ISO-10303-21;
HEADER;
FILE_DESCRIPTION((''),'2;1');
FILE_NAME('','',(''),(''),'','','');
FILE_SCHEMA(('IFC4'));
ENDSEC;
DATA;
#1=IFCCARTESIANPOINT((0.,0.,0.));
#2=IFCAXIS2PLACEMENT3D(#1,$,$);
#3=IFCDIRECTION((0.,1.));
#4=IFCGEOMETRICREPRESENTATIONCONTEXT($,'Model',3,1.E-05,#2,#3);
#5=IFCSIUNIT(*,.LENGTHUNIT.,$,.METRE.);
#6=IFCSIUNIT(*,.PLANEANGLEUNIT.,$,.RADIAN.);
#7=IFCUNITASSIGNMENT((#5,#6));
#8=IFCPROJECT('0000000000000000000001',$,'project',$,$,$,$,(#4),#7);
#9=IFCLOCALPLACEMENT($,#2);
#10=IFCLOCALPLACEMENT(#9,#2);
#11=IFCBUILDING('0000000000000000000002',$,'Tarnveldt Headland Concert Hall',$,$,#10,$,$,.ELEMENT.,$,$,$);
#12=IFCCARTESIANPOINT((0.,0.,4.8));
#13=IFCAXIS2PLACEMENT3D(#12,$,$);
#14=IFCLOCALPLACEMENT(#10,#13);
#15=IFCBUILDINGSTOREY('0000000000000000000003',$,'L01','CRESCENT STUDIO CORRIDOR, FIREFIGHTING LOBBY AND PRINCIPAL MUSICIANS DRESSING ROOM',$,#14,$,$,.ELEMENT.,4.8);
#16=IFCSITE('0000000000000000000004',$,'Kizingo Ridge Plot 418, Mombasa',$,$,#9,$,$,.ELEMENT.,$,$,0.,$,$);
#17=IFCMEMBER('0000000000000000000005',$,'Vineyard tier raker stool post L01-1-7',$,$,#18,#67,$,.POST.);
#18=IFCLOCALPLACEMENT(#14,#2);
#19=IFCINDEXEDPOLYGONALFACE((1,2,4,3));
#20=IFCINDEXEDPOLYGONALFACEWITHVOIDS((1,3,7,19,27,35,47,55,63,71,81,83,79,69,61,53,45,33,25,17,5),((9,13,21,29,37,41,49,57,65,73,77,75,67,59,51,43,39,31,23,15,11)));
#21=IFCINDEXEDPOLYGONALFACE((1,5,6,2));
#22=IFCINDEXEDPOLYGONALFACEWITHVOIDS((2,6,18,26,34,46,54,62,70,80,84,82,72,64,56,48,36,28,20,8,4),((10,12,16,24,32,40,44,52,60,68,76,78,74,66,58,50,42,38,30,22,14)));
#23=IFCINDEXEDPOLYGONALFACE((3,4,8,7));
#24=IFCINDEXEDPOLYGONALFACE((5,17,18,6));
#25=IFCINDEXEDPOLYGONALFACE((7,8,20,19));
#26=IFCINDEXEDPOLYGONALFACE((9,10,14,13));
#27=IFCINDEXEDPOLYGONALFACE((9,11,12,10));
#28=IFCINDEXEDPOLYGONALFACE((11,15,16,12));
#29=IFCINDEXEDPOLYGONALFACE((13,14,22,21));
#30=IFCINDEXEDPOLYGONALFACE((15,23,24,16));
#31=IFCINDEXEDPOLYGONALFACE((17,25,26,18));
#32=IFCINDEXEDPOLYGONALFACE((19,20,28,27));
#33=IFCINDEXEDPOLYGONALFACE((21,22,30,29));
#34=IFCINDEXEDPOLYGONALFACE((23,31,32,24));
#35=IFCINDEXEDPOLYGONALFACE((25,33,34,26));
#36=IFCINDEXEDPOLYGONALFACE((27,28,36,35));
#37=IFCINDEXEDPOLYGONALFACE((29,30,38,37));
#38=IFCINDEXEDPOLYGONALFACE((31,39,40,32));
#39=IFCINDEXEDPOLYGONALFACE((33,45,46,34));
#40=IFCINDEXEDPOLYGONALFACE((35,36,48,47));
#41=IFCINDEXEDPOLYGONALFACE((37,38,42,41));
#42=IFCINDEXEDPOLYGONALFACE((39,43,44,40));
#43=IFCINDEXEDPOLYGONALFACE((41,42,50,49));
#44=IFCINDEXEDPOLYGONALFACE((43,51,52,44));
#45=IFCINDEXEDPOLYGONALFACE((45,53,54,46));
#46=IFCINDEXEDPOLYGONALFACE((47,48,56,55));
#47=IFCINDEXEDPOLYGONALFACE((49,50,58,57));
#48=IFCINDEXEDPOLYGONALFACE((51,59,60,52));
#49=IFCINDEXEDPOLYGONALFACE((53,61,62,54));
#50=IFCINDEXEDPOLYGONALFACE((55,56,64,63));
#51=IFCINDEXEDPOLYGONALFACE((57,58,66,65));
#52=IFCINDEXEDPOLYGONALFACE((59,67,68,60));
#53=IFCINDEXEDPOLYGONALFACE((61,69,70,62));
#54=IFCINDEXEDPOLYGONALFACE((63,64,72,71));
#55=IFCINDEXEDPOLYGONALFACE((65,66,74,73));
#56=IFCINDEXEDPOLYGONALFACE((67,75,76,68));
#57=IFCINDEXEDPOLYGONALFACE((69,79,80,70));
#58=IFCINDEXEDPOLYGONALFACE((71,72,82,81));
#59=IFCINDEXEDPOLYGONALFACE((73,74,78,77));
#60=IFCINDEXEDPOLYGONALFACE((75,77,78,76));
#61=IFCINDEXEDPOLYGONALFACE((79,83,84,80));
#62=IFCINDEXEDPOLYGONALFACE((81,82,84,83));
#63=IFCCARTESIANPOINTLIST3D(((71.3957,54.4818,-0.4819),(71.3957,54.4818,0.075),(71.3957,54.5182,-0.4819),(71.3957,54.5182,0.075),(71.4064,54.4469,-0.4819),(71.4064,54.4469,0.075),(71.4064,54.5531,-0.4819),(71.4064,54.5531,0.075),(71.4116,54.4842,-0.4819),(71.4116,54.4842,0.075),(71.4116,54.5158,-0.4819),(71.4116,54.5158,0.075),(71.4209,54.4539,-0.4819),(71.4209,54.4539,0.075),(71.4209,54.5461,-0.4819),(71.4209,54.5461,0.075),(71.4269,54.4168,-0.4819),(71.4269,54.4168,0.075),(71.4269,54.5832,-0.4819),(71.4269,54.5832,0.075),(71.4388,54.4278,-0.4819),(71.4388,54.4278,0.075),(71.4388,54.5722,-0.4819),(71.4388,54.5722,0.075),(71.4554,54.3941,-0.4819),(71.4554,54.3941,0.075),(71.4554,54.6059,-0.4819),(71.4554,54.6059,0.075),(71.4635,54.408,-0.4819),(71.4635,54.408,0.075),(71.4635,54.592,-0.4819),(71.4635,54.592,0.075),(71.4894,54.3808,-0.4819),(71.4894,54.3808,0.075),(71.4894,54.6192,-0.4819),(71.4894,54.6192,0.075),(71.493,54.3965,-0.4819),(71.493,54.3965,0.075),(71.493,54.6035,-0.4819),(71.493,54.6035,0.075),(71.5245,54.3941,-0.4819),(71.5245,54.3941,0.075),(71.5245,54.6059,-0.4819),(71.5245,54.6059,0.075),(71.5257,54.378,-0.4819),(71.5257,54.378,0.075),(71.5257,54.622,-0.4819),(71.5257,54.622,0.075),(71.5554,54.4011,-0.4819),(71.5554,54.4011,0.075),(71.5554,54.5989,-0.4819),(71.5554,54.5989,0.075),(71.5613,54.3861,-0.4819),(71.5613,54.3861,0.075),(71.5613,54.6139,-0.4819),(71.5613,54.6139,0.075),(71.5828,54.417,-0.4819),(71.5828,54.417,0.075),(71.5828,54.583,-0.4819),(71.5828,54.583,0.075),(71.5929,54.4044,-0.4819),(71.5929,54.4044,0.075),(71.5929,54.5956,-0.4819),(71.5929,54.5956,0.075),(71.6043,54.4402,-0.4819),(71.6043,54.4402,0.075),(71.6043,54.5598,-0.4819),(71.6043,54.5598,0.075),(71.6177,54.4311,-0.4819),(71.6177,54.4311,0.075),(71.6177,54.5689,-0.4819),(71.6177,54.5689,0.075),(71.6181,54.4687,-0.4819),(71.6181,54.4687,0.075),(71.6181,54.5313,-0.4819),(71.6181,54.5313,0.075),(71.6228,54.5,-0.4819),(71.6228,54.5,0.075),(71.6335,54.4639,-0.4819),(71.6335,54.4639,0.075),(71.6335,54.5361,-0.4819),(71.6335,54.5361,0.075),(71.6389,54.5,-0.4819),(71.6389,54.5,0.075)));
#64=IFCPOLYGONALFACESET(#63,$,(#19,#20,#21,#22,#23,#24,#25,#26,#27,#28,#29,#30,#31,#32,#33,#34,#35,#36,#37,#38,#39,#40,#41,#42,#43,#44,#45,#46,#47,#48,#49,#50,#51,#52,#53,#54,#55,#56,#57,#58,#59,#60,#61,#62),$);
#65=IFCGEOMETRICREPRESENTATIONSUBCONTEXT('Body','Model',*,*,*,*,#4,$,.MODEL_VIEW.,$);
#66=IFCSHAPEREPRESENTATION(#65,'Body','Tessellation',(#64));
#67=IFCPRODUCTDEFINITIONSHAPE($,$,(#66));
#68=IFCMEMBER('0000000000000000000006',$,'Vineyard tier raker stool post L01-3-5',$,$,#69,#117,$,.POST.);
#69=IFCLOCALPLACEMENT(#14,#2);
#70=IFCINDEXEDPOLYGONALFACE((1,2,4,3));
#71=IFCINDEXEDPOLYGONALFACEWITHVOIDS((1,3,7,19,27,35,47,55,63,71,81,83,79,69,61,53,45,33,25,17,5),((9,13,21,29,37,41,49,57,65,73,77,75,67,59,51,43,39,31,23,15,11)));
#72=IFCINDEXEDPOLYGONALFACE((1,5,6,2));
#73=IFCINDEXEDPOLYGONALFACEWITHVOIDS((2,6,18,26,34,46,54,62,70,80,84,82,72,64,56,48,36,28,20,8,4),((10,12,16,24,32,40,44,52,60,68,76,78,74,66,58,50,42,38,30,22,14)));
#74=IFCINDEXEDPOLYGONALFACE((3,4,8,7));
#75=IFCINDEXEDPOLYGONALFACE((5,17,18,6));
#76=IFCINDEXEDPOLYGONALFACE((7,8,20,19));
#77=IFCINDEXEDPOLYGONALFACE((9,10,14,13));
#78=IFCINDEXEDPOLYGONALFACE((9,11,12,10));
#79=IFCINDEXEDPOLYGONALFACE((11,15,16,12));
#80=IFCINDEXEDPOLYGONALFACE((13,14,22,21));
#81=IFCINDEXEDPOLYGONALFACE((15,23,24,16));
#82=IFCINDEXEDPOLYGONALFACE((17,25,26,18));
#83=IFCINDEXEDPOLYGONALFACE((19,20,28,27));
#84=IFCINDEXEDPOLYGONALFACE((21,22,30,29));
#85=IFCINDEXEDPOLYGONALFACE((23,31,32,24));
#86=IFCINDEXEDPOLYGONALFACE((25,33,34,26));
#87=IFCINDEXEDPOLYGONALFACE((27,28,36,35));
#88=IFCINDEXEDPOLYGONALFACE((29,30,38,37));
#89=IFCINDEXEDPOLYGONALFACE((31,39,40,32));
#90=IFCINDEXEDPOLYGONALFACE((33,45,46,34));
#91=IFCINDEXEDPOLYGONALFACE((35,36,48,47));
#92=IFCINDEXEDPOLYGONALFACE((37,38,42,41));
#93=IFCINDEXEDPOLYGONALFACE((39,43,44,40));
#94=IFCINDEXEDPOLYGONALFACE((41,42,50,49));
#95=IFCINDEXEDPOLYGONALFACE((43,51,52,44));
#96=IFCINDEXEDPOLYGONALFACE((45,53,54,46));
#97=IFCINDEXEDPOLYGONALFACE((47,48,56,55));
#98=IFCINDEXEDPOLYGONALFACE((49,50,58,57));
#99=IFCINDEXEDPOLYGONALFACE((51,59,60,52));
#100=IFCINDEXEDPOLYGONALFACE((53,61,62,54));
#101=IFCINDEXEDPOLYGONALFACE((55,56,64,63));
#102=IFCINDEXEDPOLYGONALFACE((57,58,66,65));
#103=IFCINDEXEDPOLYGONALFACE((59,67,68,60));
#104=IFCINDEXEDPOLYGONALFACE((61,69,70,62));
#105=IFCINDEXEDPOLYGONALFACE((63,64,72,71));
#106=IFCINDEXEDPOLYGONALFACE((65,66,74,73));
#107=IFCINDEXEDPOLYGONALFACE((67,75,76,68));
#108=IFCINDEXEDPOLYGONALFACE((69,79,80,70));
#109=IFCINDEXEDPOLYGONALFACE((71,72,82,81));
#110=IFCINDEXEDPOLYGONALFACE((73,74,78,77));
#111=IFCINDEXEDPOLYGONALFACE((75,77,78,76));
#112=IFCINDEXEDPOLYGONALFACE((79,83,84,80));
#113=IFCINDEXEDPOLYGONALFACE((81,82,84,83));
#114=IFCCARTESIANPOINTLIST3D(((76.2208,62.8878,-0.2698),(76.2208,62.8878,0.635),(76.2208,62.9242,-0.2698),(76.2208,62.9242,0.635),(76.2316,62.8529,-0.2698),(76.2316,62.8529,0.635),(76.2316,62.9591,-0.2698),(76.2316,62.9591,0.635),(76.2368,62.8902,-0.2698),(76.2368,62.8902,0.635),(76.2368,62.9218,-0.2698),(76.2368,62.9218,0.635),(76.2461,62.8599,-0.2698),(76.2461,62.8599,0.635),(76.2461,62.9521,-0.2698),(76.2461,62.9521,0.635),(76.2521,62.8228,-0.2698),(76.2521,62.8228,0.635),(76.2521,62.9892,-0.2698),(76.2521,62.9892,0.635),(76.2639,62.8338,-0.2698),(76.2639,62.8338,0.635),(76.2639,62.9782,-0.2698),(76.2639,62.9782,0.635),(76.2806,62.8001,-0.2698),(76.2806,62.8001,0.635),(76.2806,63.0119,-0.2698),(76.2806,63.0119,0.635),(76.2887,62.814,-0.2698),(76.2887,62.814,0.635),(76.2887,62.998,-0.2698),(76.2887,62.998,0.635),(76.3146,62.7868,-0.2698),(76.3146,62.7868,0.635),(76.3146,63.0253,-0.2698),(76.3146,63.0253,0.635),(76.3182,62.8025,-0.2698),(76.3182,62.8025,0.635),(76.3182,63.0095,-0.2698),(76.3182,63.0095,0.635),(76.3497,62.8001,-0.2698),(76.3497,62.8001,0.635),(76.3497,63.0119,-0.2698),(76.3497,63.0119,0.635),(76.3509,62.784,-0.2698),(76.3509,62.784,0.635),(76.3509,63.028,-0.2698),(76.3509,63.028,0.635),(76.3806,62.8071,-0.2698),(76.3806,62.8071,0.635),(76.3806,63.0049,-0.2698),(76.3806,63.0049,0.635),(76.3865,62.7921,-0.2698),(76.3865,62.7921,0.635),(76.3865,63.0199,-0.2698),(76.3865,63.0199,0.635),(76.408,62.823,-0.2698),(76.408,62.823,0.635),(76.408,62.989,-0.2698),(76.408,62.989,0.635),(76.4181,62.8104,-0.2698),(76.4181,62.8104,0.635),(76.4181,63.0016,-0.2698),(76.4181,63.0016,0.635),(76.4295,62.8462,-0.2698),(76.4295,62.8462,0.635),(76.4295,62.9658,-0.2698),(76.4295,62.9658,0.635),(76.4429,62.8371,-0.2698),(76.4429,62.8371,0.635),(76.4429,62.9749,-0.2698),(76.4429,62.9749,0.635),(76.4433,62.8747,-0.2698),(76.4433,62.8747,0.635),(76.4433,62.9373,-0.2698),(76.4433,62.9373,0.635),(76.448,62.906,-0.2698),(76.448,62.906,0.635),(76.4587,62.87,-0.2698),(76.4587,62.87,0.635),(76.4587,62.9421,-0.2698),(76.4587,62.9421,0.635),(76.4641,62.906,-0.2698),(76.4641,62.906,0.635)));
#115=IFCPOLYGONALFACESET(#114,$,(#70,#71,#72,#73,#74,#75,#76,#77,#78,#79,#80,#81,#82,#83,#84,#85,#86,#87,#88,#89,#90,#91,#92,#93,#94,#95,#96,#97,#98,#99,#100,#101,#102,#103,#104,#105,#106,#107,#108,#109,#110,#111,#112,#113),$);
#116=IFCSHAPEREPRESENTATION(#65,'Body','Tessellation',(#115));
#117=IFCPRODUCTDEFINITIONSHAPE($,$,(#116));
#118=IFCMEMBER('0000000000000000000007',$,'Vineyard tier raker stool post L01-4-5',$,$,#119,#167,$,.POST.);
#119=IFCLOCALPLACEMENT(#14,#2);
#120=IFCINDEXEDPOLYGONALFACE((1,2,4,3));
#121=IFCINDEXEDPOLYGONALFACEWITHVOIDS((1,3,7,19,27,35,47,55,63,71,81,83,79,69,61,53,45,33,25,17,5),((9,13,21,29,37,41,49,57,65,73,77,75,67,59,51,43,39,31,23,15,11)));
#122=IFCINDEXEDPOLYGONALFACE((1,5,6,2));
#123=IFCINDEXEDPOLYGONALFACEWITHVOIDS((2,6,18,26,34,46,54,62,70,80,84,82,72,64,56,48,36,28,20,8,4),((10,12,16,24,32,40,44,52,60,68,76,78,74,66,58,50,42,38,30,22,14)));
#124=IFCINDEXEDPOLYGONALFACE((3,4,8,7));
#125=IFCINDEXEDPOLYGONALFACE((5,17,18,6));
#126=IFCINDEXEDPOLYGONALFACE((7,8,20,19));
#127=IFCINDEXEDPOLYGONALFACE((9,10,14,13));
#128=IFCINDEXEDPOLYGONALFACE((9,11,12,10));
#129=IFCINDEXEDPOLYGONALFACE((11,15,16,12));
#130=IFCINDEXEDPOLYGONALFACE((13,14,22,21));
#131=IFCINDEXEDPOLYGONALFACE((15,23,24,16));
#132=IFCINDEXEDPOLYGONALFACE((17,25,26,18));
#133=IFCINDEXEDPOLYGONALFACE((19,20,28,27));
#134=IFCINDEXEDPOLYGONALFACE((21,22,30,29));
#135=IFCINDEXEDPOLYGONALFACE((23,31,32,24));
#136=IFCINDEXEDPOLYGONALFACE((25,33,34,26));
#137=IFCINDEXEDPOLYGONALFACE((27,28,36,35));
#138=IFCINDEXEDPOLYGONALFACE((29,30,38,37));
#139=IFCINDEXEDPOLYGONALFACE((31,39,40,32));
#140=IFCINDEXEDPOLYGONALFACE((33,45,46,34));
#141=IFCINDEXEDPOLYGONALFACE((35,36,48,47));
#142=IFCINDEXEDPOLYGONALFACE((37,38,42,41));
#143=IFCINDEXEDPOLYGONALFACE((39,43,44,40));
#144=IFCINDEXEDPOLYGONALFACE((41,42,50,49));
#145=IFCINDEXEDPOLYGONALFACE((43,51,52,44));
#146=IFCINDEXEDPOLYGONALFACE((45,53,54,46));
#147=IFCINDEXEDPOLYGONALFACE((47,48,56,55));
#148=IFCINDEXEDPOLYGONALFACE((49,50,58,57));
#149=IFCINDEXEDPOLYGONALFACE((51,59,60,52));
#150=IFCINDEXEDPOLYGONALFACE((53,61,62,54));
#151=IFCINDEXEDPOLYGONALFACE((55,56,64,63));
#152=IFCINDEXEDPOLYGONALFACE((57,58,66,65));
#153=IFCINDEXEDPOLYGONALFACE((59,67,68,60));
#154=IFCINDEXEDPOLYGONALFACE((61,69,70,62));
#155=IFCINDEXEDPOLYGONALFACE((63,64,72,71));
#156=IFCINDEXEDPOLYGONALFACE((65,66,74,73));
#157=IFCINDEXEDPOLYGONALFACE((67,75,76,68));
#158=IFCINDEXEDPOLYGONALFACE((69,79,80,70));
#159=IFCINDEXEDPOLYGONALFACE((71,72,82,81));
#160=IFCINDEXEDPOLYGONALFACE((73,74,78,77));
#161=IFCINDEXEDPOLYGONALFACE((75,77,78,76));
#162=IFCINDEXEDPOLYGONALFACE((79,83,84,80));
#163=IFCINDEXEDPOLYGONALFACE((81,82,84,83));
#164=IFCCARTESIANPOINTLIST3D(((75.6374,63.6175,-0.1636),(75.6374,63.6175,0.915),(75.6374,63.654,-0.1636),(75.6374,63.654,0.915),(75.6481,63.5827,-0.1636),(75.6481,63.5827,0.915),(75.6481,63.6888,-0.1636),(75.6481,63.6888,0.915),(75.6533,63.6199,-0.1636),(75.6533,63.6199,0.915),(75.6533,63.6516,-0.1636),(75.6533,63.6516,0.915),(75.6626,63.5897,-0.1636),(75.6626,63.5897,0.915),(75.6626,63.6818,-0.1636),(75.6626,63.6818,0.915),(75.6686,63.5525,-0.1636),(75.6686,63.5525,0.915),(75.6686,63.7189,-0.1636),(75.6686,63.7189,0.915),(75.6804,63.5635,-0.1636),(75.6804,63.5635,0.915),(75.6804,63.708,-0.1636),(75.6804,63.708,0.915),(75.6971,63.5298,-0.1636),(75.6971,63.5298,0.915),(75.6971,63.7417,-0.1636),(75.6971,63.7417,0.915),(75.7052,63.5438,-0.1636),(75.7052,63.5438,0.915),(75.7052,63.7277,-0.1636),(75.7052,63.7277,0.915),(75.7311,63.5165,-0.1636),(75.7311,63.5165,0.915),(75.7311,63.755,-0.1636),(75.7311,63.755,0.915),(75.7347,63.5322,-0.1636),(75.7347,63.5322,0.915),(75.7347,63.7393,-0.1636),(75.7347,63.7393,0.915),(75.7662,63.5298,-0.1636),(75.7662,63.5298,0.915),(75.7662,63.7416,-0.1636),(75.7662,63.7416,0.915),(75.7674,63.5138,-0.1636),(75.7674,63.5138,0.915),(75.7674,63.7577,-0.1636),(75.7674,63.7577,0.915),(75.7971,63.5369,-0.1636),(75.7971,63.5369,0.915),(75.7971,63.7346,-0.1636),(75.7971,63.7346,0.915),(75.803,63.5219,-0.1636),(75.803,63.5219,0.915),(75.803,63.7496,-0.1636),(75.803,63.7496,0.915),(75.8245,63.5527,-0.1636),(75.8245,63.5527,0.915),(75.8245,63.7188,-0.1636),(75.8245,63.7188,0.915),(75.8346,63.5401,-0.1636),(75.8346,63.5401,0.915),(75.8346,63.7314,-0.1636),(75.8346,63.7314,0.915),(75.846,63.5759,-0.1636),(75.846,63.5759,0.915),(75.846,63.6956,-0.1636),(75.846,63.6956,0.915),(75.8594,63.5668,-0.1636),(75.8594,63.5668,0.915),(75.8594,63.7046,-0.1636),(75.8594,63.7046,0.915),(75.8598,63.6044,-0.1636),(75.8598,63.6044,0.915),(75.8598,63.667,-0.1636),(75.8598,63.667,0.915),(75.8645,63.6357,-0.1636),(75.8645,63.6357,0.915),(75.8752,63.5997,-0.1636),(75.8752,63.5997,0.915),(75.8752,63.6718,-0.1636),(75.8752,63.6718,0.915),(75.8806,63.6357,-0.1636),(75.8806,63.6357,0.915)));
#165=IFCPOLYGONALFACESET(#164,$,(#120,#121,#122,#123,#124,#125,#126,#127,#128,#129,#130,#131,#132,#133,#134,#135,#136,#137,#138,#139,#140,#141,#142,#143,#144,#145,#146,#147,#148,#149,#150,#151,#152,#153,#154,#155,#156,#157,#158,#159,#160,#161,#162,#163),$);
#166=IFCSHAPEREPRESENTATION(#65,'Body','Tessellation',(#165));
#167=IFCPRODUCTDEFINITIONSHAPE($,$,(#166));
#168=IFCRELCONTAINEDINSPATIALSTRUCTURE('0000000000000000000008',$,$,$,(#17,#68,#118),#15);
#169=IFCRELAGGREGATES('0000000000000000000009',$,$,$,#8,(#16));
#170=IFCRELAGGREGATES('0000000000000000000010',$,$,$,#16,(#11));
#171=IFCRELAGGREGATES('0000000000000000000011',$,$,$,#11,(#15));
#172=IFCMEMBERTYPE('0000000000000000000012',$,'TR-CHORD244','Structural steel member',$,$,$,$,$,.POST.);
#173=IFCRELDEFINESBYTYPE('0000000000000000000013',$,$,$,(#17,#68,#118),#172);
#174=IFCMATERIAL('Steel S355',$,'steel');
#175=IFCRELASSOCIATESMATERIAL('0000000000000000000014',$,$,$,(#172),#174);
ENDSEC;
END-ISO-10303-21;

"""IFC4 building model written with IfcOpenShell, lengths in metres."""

from ifc_helpers import new_model, si_unit, direction, frame, origin, origin_2d, place, context, subcontext, project, spatial, hollow_circle, extrude, material, material_profile, profile_set, type_object, element, save


model = new_model("IFC4")

# Units and contexts
model_context = context("Model", 3, precision=1e-05, world=origin(), true_north=direction((0.0, 1.0)))
body_context = subcontext(model_context, "Body", "Model", "MODEL_VIEW")
ifc_project = project(units=[si_unit("LENGTHUNIT", "METRE"), si_unit("PLANEANGLEUNIT", "RADIAN")], contexts=[model_context])

# Site, building, storey
site_placement = place(None, origin())
site = spatial("IfcSite", under=ifc_project, at=site_placement, Name="Kizingo Ridge Plot 418, Mombasa", CompositionType="ELEMENT", RefElevation=0.0)
building_placement = place(site_placement, origin())
building = spatial("IfcBuilding", under=site, at=building_placement, Name="Tarnveldt Headland Concert Hall", CompositionType="ELEMENT")
storey_placement = place(building_placement, frame((0.0, 0.0, 4.8)))
storey = spatial("IfcBuildingStorey", under=building, at=storey_placement, Name="L01", Description="CRESCENT STUDIO CORRIDOR, FIREFIGHTING LOBBY AND PRINCIPAL MUSICIANS DRESSING ROOM", CompositionType="ELEMENT", Elevation=4.8)

# Shared definitions
ifc_material_1 = material(Name="Steel S355", Category="steel")

# Members
ifc_material_profile_1 = material_profile(ifc_material_1, hollow_circle(Radius=0.1223, WallThickness=0.0161, at=origin_2d()), Name="CHS 244.5x16", Category="steel")
ifc_profile_set_1 = profile_set([ifc_material_profile_1], Name="Steel S355")
member_type_1 = type_object("IfcMemberType", Name="TR-CHORD244", Description="Structural steel member", PredefinedType="POST", material=ifc_profile_set_1)
member_1_placement = place(storey_placement, frame((71.5166, 54.5, -0.4819), z_axis=(0.0, 0.0, 1.0), x_axis=(1.0, 0.0, 0.0)))
element("IfcMember", 1, at=member_1_placement, inside=storey, type_object=member_type_1, Name="Vineyard tier raker stool post L01-1-7", PredefinedType="POST", context=body_context, shape_type="SweptSolid", body=[
    extrude(hollow_circle(Radius=0.1223, WallThickness=0.0161, at=origin_2d()), origin(), (0.0, 0.0, 1.0), 0.5569),
])
member_2_placement = place(storey_placement, frame((76.3418, 62.906, -0.2698), z_axis=(0.0, 0.0, 1.0), x_axis=(1.0, 0.0, 0.0)))
element("IfcMember", 2, at=member_2_placement, inside=storey, type_object=member_type_1, Name="Vineyard tier raker stool post L01-3-5", PredefinedType="POST", context=body_context, shape_type="SweptSolid", body=[
    extrude(hollow_circle(Radius=0.1223, WallThickness=0.0161, at=origin_2d()), origin(), (0.0, 0.0, 1.0), 0.9048),
])
member_3_placement = place(storey_placement, frame((75.7583, 63.6357, -0.1636), z_axis=(0.0, 0.0, 1.0), x_axis=(1.0, 0.0, 0.0)))
element("IfcMember", 3, at=member_3_placement, inside=storey, type_object=member_type_1, Name="Vineyard tier raker stool post L01-4-5", PredefinedType="POST", context=body_context, shape_type="SweptSolid", body=[
    extrude(hollow_circle(Radius=0.1223, WallThickness=0.0161, at=origin_2d()), origin(), (0.0, 0.0, 1.0), 1.0786),
])

save(model, "model.ifc")
